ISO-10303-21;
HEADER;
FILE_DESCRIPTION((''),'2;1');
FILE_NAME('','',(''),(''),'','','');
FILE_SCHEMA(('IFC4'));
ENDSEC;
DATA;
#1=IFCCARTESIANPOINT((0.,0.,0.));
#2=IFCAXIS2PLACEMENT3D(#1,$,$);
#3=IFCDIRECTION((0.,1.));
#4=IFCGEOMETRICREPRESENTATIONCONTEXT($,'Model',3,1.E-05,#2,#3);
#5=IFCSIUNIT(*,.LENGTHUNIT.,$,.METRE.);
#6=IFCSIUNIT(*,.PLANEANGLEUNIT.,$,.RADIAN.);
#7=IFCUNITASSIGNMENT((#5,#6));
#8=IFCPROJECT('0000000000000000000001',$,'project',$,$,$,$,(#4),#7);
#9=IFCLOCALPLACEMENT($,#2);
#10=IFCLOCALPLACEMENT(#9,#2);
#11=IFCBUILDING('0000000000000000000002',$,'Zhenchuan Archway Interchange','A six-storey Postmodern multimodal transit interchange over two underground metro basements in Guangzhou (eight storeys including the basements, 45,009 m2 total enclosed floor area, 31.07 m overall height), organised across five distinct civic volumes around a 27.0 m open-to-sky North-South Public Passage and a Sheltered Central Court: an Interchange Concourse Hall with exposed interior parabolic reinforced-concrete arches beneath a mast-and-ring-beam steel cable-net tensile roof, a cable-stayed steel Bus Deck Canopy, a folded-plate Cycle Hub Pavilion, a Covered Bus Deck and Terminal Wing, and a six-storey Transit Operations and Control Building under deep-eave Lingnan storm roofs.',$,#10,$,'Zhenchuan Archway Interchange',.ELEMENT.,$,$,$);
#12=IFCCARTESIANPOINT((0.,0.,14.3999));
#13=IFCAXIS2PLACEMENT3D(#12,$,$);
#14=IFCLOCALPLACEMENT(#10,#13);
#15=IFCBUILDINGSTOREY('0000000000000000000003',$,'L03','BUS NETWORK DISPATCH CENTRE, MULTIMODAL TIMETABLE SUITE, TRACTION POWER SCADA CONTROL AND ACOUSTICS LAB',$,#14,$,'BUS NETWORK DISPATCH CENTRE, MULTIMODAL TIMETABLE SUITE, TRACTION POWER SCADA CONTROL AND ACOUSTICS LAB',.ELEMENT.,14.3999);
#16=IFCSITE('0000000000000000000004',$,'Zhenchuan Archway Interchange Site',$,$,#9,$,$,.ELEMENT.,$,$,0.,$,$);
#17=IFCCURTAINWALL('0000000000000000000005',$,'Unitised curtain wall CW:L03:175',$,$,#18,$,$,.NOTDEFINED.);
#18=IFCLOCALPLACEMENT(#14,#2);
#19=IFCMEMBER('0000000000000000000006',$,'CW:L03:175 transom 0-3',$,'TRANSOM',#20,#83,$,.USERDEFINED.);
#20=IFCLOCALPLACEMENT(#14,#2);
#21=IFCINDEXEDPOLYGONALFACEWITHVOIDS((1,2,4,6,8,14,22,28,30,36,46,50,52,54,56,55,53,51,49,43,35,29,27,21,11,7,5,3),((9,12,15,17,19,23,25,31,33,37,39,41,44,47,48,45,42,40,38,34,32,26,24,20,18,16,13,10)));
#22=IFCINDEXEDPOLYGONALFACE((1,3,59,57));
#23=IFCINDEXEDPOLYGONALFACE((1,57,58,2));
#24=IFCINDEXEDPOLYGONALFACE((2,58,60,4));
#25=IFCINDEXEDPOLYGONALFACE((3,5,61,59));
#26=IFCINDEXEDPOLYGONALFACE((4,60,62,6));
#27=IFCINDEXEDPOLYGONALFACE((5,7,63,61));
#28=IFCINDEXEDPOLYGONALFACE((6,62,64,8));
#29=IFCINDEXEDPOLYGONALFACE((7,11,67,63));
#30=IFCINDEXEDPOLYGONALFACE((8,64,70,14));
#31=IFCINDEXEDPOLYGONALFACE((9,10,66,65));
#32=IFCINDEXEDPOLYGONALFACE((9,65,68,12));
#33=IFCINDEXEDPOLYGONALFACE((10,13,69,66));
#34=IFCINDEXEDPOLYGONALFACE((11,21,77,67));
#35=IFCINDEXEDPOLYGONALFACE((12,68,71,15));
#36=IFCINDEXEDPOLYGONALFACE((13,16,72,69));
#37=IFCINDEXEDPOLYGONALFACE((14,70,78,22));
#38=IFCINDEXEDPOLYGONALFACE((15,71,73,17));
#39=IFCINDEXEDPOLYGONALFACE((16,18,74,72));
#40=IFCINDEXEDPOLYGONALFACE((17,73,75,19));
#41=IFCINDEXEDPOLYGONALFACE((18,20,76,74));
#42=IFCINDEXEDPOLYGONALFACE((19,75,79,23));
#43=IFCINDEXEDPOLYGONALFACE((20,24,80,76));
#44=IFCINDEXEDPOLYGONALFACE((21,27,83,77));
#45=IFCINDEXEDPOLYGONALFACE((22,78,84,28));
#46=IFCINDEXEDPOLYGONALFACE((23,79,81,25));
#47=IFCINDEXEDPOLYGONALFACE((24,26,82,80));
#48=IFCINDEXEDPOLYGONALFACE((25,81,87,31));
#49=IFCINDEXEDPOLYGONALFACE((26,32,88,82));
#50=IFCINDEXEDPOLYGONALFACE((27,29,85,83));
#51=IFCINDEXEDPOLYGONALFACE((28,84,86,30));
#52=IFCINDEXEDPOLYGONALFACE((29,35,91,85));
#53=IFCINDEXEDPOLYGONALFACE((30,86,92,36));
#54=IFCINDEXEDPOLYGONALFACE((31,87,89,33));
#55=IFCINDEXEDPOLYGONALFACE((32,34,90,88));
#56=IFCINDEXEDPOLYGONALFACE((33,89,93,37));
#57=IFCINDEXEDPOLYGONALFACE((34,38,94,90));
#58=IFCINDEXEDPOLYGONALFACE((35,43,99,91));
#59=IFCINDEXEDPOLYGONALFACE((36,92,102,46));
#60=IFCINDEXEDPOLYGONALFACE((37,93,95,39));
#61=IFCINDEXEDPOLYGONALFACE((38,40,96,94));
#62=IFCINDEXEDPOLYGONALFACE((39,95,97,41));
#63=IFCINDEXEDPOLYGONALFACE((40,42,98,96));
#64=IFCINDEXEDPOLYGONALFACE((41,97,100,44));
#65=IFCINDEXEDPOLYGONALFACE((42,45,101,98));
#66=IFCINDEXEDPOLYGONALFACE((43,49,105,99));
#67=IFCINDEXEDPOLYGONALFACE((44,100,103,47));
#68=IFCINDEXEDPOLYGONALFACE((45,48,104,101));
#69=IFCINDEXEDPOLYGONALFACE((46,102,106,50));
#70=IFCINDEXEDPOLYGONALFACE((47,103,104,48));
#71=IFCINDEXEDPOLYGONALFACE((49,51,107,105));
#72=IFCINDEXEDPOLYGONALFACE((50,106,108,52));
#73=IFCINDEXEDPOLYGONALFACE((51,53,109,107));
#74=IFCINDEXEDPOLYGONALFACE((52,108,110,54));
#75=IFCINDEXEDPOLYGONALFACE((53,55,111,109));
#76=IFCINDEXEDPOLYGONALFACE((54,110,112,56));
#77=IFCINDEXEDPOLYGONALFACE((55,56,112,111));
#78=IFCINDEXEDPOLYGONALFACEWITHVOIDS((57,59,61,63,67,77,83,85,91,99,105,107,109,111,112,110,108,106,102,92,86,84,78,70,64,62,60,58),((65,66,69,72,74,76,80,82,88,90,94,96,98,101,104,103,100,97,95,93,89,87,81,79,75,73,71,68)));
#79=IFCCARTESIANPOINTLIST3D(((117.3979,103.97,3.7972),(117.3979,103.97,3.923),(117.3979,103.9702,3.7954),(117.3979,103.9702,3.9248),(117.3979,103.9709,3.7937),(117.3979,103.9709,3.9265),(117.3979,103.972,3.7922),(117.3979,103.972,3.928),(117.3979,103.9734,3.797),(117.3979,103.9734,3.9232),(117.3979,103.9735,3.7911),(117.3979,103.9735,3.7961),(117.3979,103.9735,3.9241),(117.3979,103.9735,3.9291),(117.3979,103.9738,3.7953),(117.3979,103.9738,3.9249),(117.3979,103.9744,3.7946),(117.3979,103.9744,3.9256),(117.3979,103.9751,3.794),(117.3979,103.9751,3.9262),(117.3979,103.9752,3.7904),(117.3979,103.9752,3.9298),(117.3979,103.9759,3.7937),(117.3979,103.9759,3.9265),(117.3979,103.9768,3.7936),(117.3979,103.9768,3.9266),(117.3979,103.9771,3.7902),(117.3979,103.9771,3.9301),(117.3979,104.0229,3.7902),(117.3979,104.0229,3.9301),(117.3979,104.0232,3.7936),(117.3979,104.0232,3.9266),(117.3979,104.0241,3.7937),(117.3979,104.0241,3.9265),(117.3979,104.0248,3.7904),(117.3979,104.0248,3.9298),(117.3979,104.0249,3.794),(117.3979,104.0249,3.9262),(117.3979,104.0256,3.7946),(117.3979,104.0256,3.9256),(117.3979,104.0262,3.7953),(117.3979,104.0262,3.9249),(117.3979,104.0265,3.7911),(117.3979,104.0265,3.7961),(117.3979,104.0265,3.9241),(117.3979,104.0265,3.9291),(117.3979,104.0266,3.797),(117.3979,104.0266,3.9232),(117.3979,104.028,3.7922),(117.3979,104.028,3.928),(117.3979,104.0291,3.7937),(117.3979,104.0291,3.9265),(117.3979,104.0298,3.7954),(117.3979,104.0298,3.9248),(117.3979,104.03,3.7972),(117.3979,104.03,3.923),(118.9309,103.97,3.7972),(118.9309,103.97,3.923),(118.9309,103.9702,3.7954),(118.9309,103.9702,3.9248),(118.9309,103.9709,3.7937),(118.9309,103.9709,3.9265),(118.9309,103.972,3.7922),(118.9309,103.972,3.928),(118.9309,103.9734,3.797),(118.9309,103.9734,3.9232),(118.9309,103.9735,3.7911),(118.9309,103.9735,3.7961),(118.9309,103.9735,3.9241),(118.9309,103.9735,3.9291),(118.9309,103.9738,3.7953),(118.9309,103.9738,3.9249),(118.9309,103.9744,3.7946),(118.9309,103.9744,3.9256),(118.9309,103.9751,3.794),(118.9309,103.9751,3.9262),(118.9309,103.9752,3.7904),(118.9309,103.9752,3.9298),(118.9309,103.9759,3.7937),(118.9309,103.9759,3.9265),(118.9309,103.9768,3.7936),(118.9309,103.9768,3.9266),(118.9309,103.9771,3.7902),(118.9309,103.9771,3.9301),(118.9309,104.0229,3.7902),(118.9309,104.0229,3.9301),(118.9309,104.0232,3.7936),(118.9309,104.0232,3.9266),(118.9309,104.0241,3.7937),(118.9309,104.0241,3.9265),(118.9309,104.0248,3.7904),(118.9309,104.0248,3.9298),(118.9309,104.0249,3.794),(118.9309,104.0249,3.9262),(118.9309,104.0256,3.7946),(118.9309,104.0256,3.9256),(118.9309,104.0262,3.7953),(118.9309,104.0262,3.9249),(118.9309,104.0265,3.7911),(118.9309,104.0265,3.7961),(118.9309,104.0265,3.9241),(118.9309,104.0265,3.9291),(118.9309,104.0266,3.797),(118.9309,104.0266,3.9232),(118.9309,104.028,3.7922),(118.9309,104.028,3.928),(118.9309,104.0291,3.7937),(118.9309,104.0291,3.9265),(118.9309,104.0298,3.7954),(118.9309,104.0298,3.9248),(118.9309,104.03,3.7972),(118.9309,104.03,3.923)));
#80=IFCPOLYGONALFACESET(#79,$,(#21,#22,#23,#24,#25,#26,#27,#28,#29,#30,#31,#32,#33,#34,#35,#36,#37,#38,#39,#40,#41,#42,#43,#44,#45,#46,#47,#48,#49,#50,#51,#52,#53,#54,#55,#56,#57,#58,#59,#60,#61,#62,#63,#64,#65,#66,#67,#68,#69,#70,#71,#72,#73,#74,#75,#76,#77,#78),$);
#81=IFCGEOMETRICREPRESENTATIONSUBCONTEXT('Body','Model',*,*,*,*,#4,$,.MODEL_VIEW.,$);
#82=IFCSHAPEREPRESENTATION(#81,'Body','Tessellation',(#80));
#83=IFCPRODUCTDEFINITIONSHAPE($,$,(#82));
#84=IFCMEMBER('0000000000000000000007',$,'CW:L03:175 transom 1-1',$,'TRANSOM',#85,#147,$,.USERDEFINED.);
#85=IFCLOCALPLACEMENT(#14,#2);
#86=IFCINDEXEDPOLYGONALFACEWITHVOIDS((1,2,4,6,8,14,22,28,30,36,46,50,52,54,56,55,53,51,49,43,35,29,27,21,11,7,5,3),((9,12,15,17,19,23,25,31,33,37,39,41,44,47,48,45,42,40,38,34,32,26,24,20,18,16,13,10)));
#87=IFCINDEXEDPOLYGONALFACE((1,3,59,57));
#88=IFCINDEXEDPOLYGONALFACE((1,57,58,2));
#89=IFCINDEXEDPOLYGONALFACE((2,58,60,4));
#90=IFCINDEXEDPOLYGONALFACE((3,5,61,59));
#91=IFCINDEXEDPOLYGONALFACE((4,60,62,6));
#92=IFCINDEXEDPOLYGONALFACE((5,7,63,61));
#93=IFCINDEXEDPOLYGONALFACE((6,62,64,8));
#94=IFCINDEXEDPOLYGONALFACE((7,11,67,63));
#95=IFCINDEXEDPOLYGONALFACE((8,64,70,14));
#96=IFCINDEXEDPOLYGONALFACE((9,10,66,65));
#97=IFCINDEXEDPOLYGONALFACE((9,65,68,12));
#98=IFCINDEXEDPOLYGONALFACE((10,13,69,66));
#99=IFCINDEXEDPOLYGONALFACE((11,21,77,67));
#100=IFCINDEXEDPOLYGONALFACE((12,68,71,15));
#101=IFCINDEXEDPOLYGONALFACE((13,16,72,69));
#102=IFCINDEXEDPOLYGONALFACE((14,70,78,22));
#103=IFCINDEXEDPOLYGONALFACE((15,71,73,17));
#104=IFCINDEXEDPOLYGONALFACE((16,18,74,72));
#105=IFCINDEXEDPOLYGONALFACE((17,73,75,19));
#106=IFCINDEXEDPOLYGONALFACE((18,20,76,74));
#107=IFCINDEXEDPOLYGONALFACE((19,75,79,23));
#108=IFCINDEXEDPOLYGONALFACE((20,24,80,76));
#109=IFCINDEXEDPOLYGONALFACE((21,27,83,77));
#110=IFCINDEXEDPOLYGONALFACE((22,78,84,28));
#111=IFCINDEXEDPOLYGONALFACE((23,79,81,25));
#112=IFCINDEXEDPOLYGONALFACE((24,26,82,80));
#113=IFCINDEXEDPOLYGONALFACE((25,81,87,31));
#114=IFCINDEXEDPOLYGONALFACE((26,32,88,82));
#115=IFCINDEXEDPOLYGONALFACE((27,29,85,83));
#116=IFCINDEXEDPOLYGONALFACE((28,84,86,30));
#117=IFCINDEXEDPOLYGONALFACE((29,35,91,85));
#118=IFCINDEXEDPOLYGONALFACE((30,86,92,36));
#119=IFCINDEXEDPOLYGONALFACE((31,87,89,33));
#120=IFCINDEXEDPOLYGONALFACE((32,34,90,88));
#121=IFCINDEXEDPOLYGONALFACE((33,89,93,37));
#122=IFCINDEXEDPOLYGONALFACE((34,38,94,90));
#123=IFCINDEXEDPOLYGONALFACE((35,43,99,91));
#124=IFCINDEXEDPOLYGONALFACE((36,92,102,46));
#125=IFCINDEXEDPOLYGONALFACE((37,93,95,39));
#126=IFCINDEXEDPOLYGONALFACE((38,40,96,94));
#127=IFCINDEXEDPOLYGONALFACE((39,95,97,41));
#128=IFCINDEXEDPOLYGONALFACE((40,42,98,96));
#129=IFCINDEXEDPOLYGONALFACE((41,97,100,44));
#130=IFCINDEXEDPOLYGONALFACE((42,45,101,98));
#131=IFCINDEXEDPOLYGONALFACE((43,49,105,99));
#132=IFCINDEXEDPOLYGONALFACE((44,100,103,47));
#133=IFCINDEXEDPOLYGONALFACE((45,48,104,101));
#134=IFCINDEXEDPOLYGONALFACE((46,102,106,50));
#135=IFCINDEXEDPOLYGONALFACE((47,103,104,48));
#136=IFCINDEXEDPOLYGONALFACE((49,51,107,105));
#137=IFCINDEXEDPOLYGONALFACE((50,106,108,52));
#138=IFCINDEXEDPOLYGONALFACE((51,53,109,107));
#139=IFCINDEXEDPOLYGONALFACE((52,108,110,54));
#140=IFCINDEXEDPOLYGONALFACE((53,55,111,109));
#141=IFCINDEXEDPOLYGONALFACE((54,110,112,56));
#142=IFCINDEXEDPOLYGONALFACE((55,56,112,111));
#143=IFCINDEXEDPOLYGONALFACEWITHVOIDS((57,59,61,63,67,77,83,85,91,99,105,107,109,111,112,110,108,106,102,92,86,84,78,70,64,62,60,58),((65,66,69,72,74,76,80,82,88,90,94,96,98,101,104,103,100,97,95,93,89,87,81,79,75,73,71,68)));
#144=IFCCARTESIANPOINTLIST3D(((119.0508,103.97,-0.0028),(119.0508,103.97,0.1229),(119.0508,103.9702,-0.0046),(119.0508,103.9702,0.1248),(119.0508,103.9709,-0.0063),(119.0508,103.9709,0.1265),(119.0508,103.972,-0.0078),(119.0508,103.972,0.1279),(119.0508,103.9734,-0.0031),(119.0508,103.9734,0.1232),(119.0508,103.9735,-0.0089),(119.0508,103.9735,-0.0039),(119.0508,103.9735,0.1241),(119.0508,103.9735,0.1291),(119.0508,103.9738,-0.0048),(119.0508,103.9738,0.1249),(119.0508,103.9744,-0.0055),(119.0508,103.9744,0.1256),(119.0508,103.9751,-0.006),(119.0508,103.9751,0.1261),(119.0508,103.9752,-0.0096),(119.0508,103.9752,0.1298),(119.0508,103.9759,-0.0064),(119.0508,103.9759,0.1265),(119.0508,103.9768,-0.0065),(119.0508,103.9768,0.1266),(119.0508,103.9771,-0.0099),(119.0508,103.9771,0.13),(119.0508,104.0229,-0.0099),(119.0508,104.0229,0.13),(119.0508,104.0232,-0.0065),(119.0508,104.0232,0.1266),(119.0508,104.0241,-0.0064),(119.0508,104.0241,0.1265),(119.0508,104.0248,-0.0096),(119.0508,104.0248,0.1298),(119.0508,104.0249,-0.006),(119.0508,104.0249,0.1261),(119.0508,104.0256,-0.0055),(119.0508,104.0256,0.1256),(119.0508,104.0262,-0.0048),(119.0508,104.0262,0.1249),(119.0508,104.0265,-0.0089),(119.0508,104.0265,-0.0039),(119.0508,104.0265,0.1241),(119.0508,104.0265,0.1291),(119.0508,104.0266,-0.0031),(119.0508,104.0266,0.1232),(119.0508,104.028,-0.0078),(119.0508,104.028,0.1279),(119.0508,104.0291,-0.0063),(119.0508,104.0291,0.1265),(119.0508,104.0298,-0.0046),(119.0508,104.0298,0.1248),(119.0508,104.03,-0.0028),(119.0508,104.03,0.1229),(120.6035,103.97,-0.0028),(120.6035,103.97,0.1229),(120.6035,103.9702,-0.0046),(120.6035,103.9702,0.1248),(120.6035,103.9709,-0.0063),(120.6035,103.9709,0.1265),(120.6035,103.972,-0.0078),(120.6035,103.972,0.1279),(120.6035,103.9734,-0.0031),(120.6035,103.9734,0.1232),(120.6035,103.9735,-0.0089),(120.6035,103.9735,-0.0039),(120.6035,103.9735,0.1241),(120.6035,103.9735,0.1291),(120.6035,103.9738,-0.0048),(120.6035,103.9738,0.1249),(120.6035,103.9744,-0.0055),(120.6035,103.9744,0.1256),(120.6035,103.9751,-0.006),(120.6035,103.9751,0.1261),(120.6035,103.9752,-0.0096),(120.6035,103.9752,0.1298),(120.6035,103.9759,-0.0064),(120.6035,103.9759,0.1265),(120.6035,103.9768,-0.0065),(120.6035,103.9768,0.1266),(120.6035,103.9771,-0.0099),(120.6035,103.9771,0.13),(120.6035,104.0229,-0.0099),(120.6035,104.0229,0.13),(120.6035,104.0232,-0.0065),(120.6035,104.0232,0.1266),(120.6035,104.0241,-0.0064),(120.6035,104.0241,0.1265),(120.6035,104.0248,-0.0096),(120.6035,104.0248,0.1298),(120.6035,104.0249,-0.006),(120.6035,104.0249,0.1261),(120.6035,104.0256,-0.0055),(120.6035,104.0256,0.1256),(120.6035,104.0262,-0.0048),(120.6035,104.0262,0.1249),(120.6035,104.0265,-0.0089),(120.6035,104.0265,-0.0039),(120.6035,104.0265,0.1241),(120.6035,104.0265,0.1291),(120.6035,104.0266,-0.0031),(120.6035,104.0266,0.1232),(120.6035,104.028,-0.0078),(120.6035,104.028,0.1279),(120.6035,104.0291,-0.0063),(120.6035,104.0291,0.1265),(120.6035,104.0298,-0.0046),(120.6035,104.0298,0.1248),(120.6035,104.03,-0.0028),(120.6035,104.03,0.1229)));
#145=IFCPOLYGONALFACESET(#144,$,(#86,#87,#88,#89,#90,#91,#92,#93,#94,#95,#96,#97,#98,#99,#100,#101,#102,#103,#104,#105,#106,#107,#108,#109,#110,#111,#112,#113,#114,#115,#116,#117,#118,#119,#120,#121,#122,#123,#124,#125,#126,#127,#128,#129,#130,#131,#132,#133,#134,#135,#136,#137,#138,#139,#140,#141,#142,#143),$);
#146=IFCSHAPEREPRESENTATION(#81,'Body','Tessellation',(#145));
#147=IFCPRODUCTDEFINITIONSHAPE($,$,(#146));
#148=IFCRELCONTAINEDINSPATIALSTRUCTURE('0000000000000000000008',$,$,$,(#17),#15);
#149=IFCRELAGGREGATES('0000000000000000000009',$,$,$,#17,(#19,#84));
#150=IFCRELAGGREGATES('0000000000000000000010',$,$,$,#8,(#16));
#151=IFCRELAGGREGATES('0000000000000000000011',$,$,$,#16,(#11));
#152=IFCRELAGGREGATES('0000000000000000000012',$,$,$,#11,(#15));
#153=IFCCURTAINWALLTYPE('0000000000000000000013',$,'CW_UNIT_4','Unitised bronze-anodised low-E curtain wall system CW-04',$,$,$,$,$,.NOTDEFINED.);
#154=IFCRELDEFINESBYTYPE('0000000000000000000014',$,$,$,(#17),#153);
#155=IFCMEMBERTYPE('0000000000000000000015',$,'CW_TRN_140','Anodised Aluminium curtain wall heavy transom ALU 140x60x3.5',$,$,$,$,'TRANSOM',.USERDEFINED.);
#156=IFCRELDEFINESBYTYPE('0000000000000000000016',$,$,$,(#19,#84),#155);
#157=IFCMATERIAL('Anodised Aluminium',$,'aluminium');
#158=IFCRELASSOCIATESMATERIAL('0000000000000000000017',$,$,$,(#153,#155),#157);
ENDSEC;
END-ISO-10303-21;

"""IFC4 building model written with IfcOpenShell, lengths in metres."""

from ifc_helpers import new_model, si_unit, direction, frame, origin, origin_2d, place, context, subcontext, project, spatial, hollow_rectangle, extrude, material, material_profile, profile_set, type_object, element, aggregate, save


model = new_model("IFC4")

# Units and contexts
model_context = context("Model", 3, precision=1e-05, world=origin(), true_north=direction((0.0, 1.0)))
body_context = subcontext(model_context, "Body", "Model", "MODEL_VIEW")
ifc_project = project(units=[si_unit("LENGTHUNIT", "METRE"), si_unit("PLANEANGLEUNIT", "RADIAN")], contexts=[model_context])

# Site, building, storey
site_placement = place(None, origin())
site = spatial("IfcSite", under=ifc_project, at=site_placement, Name="Zhenchuan Archway Interchange Site", CompositionType="ELEMENT", RefElevation=0.0)
building_placement = place(site_placement, origin())
building = spatial("IfcBuilding", under=site, at=building_placement, Name="Zhenchuan Archway Interchange", Description="A six-storey Postmodern multimodal transit interchange over two underground metro basements in Guangzhou (eight storeys including the basements, 45,009 m2 total enclosed floor area, 31.07 m overall height), organised across five distinct civic volumes around a 27.0 m open-to-sky North-South Public Passage and a Sheltered Central Court: an Interchange Concourse Hall with exposed interior parabolic reinforced-concrete arches beneath a mast-and-ring-beam steel cable-net tensile roof, a cable-stayed steel Bus Deck Canopy, a folded-plate Cycle Hub Pavilion, a Covered Bus Deck and Terminal Wing, and a six-storey Transit Operations and Control Building under deep-eave Lingnan storm roofs.", LongName="Zhenchuan Archway Interchange", CompositionType="ELEMENT")
storey_placement = place(building_placement, frame((0.0, 0.0, 14.3999)))
storey = spatial("IfcBuildingStorey", under=building, at=storey_placement, Name="L03", Description="BUS NETWORK DISPATCH CENTRE, MULTIMODAL TIMETABLE SUITE, TRACTION POWER SCADA CONTROL AND ACOUSTICS LAB", LongName="BUS NETWORK DISPATCH CENTRE, MULTIMODAL TIMETABLE SUITE, TRACTION POWER SCADA CONTROL AND ACOUSTICS LAB", CompositionType="ELEMENT", Elevation=14.3999)

# Shared definitions
ifc_material_1 = material(Name="Anodised Aluminium", Category="aluminium")

# Curtain wall
curtain_wall_type_1 = type_object("IfcCurtainWallType", Name="CW_UNIT_4", Description="Unitised bronze-anodised low-E curtain wall system CW-04", PredefinedType="NOTDEFINED", material=ifc_material_1)
curtain_wall_1_placement = place(storey_placement, origin())
curtain_wall_1 = element("IfcCurtainWall", 1, at=curtain_wall_1_placement, inside=storey, type_object=curtain_wall_type_1, Name="Unitised curtain wall CW:L03:175", PredefinedType="NOTDEFINED")

# Members
ifc_material_profile_1 = material_profile(ifc_material_1, hollow_rectangle(XDim=0.0601, YDim=0.1399, WallThickness=0.0034, InnerFilletRadius=0.0034, OuterFilletRadius=0.0071, at=origin_2d()), Name="ALU 140x60x3.5")
ifc_profile_set_1 = profile_set([ifc_material_profile_1], Name="Anodised Aluminium")
member_type_1 = type_object("IfcMemberType", Name="CW_TRN_140", Description="Anodised Aluminium curtain wall heavy transom ALU 140x60x3.5", ElementType="TRANSOM", PredefinedType="USERDEFINED", material=ifc_profile_set_1)
member_1_placement = place(storey_placement, frame((117.3979, 104.0, 3.8601), z_axis=(1.0, 0.0, 0.0), x_axis=(0.0, 1.0, 0.0)))
member_1 = element("IfcMember", 2, at=member_1_placement, type_object=member_type_1, Name="CW:L03:175 transom 0-3", ObjectType="TRANSOM", PredefinedType="USERDEFINED", context=body_context, shape_type="SweptSolid", body=[
    extrude(hollow_rectangle(XDim=0.0601, YDim=0.1399, WallThickness=0.0034, InnerFilletRadius=0.0034, OuterFilletRadius=0.0071, at=origin_2d()), origin(), (0.0, 0.0, 1.0), 1.533),
])
member_2_placement = place(storey_placement, frame((119.0508, 104.0, 0.0601), z_axis=(1.0, 0.0, 0.0), x_axis=(0.0, 1.0, 0.0)))
member_2 = element("IfcMember", 3, at=member_2_placement, type_object=member_type_1, Name="CW:L03:175 transom 1-1", ObjectType="TRANSOM", PredefinedType="USERDEFINED", context=body_context, shape_type="SweptSolid", body=[
    extrude(hollow_rectangle(XDim=0.0601, YDim=0.1399, WallThickness=0.0034, InnerFilletRadius=0.0034, OuterFilletRadius=0.0071, at=origin_2d()), origin(), (0.0, 0.0, 1.0), 1.5527),
])

aggregate(curtain_wall_1, [member_1, member_2])

save(model, "model.ifc")
